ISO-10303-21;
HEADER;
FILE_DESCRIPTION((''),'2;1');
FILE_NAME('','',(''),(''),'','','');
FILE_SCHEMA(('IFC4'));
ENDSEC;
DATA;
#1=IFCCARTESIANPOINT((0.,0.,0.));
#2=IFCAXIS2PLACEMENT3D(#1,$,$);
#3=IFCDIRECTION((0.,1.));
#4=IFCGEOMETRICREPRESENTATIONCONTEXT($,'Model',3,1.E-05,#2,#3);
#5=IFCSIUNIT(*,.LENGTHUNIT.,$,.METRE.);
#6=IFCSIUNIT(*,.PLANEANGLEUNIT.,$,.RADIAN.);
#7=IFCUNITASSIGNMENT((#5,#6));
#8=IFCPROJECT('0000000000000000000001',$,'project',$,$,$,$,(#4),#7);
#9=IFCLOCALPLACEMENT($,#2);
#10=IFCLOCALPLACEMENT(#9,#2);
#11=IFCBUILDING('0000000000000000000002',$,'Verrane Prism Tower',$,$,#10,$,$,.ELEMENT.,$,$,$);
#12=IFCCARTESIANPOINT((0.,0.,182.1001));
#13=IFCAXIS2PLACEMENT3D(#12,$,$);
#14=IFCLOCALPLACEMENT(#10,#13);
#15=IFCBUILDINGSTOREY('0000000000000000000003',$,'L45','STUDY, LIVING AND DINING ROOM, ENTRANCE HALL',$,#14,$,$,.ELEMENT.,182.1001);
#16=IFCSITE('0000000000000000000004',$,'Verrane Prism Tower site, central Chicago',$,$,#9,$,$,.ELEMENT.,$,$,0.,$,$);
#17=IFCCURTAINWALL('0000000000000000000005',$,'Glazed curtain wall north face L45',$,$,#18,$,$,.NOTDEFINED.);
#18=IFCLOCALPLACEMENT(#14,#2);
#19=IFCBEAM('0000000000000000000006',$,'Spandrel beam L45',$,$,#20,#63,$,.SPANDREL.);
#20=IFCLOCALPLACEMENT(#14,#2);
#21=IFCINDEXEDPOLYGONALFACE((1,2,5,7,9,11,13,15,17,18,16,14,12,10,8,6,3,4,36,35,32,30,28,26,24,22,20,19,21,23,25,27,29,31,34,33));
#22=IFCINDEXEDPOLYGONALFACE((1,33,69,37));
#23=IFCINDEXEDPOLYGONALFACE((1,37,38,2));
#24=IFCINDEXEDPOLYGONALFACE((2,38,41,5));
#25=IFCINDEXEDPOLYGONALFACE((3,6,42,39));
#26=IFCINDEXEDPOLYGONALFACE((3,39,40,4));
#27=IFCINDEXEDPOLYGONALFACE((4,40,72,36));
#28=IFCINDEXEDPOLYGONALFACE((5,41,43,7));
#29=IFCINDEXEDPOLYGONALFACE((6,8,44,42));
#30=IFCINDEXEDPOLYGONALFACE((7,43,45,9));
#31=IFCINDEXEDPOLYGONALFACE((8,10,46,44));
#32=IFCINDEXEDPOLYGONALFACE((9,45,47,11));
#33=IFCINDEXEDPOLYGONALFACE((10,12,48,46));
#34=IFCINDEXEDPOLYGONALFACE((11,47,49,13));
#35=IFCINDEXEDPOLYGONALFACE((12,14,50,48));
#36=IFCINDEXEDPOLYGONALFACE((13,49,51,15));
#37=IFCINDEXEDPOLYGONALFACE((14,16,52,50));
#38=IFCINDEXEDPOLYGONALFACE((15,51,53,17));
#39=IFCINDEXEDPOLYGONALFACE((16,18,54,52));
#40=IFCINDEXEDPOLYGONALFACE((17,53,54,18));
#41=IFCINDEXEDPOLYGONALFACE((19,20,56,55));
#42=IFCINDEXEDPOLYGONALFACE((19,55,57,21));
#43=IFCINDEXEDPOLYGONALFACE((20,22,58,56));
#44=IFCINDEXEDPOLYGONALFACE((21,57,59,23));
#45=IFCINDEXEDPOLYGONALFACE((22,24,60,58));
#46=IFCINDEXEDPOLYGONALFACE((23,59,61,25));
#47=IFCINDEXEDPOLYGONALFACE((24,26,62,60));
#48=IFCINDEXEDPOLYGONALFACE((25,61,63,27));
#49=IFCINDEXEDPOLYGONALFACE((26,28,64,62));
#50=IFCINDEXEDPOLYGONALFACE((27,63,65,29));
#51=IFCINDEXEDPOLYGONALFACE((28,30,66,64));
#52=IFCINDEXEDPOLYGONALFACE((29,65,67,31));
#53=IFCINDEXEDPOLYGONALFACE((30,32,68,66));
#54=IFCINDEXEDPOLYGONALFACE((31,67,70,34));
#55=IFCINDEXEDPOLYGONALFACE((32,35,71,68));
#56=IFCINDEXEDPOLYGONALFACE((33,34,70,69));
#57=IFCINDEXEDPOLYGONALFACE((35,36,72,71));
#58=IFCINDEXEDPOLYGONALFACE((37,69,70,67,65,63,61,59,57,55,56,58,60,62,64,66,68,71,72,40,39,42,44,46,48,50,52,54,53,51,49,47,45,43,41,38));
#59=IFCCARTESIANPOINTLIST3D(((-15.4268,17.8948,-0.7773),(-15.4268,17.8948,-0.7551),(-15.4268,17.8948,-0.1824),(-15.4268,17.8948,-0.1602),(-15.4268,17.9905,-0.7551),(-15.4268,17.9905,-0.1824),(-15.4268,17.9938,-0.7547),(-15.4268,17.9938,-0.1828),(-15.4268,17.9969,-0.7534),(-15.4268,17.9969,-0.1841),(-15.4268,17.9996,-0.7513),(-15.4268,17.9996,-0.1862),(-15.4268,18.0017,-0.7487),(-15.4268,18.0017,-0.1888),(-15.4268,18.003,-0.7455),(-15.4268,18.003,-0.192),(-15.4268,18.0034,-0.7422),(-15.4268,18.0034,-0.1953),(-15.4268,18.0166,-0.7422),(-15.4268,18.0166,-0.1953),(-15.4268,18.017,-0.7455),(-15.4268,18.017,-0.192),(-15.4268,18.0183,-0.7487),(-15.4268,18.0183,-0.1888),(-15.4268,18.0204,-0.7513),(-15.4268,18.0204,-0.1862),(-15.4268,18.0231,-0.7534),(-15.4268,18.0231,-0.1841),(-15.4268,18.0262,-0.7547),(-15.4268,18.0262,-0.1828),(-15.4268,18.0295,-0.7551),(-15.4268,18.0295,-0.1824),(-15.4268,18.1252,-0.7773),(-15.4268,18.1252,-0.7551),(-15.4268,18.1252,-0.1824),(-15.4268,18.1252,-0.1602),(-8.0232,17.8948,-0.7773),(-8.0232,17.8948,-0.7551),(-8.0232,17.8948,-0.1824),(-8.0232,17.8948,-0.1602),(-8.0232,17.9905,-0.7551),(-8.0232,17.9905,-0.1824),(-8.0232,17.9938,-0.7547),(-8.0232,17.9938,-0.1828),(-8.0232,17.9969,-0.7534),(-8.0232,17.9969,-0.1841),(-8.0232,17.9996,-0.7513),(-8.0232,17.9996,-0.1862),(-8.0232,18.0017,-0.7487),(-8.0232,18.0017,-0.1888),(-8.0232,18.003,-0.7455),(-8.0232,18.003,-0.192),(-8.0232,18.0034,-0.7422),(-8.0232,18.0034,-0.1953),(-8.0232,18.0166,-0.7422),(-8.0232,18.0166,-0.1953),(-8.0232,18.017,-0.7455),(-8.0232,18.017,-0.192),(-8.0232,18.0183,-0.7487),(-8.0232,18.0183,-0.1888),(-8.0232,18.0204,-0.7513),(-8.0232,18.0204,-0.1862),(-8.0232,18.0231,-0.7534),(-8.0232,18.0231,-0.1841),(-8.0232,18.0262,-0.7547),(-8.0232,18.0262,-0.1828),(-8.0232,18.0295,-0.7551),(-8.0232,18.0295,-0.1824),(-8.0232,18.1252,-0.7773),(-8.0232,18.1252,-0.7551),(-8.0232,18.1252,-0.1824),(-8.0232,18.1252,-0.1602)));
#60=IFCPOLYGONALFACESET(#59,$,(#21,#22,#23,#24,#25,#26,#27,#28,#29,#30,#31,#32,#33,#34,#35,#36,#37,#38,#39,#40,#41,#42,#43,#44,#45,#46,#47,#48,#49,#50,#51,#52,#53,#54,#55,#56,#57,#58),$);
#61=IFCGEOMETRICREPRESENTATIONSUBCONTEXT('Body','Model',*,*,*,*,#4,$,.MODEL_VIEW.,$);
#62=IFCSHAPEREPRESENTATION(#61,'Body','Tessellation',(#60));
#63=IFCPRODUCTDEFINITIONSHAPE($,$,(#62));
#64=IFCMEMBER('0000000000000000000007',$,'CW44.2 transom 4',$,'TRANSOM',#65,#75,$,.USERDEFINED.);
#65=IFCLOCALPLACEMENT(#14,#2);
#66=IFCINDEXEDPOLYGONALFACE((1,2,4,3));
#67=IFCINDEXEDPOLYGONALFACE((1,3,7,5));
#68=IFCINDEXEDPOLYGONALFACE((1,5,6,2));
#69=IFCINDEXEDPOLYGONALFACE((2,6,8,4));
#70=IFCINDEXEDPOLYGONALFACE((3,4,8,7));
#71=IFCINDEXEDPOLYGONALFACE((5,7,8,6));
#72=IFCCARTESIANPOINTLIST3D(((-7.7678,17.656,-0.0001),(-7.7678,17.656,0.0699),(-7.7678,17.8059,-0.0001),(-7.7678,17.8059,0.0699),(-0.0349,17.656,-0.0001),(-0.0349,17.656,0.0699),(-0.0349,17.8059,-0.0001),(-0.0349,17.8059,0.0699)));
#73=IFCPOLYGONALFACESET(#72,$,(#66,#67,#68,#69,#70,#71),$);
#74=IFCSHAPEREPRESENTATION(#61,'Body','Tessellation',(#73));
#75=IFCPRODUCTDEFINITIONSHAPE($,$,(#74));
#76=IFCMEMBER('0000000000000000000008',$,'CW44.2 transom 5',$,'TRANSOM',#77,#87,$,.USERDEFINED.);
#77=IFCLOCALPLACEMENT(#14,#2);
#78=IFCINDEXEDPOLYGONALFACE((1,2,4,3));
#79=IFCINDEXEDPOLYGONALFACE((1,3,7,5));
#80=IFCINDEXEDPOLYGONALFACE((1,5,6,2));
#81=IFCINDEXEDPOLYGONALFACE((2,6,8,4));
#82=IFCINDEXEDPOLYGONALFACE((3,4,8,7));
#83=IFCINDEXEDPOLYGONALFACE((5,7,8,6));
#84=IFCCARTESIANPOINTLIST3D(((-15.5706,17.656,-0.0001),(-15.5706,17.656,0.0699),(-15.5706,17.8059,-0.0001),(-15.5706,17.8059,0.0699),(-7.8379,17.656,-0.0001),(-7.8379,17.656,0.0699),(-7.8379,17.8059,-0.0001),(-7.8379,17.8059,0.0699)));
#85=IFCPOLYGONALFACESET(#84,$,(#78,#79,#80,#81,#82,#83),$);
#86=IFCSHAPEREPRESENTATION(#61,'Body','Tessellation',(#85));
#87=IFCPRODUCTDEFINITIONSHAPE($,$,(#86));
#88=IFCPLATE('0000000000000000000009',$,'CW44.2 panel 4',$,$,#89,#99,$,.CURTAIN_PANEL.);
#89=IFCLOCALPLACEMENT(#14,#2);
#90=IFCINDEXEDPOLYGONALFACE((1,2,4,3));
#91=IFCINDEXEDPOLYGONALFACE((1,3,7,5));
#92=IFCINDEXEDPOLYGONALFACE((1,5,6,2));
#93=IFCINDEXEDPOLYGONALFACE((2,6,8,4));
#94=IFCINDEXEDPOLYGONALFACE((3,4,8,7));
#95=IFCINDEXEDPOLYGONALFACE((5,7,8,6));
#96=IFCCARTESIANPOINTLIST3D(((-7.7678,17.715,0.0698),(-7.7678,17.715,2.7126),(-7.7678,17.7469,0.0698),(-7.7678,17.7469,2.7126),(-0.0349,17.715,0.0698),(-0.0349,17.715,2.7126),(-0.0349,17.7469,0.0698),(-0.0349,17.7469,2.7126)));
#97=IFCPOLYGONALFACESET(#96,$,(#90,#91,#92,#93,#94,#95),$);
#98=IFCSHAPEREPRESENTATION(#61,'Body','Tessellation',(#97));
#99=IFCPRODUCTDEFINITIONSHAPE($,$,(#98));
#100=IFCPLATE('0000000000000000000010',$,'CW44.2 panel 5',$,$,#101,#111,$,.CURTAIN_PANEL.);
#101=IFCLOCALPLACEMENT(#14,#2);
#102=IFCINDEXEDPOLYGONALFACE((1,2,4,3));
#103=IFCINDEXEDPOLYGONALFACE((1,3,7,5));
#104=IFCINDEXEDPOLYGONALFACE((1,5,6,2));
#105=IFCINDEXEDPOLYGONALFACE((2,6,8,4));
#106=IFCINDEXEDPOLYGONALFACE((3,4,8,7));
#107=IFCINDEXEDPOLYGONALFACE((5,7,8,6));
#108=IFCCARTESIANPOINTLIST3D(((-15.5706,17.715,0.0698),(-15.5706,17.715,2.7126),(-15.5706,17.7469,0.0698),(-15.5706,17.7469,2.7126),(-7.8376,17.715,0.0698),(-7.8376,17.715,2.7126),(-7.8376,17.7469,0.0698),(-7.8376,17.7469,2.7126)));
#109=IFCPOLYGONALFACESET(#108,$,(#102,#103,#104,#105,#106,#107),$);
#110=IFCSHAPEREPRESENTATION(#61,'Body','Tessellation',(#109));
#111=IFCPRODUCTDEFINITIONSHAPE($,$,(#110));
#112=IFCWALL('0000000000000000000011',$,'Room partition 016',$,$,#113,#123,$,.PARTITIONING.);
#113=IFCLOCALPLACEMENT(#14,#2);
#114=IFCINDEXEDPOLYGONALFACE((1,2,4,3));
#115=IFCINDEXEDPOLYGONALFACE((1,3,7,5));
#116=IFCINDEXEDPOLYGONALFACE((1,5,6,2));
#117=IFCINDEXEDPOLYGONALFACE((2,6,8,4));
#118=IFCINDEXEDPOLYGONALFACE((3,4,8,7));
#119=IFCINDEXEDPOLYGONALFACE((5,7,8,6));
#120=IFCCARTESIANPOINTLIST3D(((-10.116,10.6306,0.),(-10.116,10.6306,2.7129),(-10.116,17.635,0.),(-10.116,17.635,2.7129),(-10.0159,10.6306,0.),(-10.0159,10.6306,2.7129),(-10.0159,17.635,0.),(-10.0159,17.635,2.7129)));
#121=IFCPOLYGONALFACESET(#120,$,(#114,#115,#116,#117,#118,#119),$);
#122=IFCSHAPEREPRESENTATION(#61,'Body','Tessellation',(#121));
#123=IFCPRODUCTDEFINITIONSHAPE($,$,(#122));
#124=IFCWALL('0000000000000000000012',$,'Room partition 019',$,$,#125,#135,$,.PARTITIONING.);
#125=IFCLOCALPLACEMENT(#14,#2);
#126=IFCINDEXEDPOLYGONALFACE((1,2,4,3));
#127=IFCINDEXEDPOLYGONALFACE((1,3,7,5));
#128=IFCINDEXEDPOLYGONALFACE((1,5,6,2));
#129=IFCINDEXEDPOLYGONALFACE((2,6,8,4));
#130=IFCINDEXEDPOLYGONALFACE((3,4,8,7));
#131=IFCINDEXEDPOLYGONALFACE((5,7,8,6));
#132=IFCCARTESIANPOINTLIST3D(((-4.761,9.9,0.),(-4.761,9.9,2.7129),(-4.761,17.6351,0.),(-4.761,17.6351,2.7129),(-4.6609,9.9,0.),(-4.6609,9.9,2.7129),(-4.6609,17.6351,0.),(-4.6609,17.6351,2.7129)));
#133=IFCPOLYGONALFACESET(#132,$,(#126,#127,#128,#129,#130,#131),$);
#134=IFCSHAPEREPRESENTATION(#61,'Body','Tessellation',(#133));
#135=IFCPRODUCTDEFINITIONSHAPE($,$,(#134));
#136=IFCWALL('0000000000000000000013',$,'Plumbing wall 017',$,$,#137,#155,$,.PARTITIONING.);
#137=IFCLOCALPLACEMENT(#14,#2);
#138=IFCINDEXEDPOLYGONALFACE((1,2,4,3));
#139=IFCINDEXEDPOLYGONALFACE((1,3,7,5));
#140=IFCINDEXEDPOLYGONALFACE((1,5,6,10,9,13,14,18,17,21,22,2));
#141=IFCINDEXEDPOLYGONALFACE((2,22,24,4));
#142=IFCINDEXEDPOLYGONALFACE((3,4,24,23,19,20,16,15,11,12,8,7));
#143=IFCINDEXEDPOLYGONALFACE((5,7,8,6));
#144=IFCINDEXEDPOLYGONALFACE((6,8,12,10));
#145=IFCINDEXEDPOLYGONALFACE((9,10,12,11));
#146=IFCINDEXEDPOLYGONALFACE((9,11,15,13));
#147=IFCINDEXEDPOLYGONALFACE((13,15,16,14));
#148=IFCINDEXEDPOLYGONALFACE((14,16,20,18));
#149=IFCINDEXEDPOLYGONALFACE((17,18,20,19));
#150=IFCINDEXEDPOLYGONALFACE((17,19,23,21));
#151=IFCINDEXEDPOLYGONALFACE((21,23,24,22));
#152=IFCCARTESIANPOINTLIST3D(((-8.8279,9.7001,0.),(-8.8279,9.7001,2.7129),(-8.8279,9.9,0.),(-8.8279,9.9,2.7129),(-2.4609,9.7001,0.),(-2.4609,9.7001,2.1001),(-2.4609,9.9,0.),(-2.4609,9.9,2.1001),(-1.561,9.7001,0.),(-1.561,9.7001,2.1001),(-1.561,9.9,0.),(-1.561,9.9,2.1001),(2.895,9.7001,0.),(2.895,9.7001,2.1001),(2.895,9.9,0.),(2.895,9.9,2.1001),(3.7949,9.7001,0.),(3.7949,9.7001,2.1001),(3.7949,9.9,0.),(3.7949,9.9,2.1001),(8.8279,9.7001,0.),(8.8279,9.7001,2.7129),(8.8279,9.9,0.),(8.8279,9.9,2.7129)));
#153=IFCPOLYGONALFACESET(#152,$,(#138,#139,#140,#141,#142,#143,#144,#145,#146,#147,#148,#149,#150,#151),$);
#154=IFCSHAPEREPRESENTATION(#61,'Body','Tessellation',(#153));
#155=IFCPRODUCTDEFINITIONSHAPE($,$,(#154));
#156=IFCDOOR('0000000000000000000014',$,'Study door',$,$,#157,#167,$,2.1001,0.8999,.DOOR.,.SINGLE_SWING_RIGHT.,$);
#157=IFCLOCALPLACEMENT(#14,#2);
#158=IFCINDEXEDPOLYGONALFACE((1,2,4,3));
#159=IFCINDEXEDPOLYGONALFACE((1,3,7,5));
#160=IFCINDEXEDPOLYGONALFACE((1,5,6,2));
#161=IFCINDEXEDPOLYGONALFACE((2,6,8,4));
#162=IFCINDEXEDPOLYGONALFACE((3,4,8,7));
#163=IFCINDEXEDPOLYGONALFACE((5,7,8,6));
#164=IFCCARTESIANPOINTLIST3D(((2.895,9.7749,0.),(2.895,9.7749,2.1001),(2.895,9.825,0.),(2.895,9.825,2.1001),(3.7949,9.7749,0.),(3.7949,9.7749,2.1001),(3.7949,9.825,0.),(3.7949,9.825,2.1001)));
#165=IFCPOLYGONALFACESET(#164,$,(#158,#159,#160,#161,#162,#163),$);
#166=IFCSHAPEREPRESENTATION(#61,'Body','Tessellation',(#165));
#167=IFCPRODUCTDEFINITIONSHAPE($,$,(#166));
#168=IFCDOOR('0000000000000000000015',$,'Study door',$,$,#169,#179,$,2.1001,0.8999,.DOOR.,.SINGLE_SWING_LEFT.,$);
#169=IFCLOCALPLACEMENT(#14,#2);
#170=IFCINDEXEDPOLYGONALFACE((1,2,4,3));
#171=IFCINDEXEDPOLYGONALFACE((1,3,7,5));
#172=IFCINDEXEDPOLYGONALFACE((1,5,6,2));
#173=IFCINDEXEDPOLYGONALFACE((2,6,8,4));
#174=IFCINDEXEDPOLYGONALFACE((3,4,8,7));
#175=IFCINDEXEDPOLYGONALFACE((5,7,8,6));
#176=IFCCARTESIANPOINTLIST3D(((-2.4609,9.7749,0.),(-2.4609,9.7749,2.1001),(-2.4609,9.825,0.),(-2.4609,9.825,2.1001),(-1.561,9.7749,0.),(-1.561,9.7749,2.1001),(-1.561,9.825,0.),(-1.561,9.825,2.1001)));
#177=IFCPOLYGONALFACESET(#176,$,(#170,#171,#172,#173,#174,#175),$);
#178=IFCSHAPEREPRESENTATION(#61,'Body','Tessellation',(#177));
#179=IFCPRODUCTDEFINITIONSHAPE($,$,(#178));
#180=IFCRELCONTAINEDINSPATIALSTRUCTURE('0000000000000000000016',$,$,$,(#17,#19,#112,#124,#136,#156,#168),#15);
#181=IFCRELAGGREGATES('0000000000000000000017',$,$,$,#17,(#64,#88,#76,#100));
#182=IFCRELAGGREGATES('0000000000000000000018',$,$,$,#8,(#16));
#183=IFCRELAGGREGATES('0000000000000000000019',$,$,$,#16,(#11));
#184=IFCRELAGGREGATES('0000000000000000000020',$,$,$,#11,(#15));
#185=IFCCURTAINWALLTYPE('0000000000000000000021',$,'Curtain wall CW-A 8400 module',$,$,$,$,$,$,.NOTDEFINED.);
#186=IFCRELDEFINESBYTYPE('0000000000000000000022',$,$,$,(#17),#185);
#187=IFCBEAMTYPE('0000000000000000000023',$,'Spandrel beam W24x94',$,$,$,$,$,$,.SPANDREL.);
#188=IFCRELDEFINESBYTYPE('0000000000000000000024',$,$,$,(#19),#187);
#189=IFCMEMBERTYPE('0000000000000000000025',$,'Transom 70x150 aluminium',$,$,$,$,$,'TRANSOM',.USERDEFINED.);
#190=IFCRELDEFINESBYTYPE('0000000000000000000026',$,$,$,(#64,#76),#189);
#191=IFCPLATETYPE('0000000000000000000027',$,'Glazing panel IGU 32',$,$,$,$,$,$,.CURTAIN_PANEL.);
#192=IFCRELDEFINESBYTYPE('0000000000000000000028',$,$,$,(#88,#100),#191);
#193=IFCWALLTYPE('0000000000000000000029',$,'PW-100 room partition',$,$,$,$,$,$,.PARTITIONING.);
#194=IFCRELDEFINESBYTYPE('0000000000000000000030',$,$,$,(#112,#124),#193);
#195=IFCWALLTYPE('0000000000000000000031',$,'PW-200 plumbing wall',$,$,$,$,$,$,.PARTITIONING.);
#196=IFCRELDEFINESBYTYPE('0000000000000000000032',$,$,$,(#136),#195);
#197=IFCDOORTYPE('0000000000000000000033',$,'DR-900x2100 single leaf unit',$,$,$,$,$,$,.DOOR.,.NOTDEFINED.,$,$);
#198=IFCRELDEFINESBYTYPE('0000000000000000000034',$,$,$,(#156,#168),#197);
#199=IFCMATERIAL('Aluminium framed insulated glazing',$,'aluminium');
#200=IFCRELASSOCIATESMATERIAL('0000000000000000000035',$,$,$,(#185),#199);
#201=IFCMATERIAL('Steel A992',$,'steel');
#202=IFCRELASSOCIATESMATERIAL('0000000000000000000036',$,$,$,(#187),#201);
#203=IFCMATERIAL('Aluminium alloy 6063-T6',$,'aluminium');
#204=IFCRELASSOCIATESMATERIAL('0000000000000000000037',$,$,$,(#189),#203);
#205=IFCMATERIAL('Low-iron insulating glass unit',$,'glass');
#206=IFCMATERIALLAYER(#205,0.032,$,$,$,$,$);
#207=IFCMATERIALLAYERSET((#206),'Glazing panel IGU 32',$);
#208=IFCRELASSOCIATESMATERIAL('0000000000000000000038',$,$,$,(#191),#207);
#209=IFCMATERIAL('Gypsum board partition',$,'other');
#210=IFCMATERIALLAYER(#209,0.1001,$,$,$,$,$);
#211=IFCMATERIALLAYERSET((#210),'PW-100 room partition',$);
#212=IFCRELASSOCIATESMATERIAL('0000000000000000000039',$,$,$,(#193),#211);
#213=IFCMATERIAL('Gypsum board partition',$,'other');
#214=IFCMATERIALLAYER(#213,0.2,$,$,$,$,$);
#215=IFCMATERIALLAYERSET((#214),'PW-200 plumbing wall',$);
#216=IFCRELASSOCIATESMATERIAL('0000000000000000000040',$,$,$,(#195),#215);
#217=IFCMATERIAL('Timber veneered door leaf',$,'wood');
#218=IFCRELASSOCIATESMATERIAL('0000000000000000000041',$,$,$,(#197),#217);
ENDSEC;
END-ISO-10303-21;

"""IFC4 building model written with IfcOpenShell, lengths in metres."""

from ifc_helpers import new_model, si_unit, direction, frame, frame_2d, origin, origin_2d, place, context, subcontext, project, spatial, rectangle, i_section, extrude, material, layer, layer_set, material_profile, profile_set, type_object, element, fill, aggregate, save


model = new_model("IFC4")

# Units and contexts
model_context = context("Model", 3, precision=1e-05, world=origin(), true_north=direction((0.0, 1.0)))
body_context = subcontext(model_context, "Body", "Model", "MODEL_VIEW")
ifc_project = project(units=[si_unit("LENGTHUNIT", "METRE"), si_unit("PLANEANGLEUNIT", "RADIAN")], contexts=[model_context])

# Site, building, storey
site_placement = place(None, origin())
site = spatial("IfcSite", under=ifc_project, at=site_placement, Name="Verrane Prism Tower site, central Chicago", CompositionType="ELEMENT", RefElevation=0.0)
building_placement = place(site_placement, origin())
building = spatial("IfcBuilding", under=site, at=building_placement, Name="Verrane Prism Tower", CompositionType="ELEMENT")
storey_placement = place(building_placement, frame((0.0, 0.0, 182.1001)))
storey = spatial("IfcBuildingStorey", under=building, at=storey_placement, Name="L45", Description="STUDY, LIVING AND DINING ROOM, ENTRANCE HALL", CompositionType="ELEMENT", Elevation=182.1001)

# Curtain wall
ifc_material_1 = material(Name="Aluminium framed insulated glazing", Category="aluminium")
curtain_wall_type = type_object("IfcCurtainWallType", Name="Curtain wall CW-A 8400 module", PredefinedType="NOTDEFINED", material=ifc_material_1)
curtain_wall_placement = place(storey_placement, origin())
curtain_wall = element("IfcCurtainWall", 1, at=curtain_wall_placement, inside=storey, type_object=curtain_wall_type, Name="Glazed curtain wall north face L45", PredefinedType="NOTDEFINED")

# Beam
ifc_material_2 = material(Name="Steel A992", Category="steel")
ifc_material_profile_1 = material_profile(ifc_material_2, i_section(OverallWidth=0.2305, OverallDepth=0.6172, WebThickness=0.0132, FlangeThickness=0.0222, FilletRadius=0.0129, at=origin_2d()), Name="W24x94")
ifc_profile_set_1 = profile_set([ifc_material_profile_1], Name="Steel A992")
beam_type_1 = type_object("IfcBeamType", Name="Spandrel beam W24x94", PredefinedType="SPANDREL", material=ifc_profile_set_1)
beam_1_placement = place(storey_placement, frame((-8.0232, 18.01, -0.4688), z_axis=(-1.0, 0.0, 0.0), x_axis=(0.0, -1.0, 0.0)))
element("IfcBeam", 2, at=beam_1_placement, inside=storey, type_object=beam_type_1, Name="Spandrel beam L45", PredefinedType="SPANDREL", context=body_context, shape_type="SweptSolid", body=[
    extrude(i_section(OverallWidth=0.2305, OverallDepth=0.6172, WebThickness=0.0132, FlangeThickness=0.0222, FilletRadius=0.0129, at=origin_2d()), origin(), (0.0, 0.0, 1.0), 7.4036),
])

# Members
ifc_material_3 = material(Name="Aluminium alloy 6063-T6", Category="aluminium")
ifc_material_profile_2 = material_profile(ifc_material_3, rectangle(XDim=0.1499, YDim=0.0701, at=origin_2d()), Name="Transom 70x150 aluminium")
ifc_profile_set_2 = profile_set([ifc_material_profile_2], Name="Aluminium alloy 6063-T6")
member_type_1 = type_object("IfcMemberType", Name="Transom 70x150 aluminium", ElementType="TRANSOM", PredefinedType="USERDEFINED", material=ifc_profile_set_2)
member_1_placement = place(storey_placement, frame((-0.0349, 17.731, 0.0349), z_axis=(-1.0, 0.0, 0.0), x_axis=(0.0, -1.0, 0.0)))
member_1 = element("IfcMember", 3, at=member_1_placement, type_object=member_type_1, Name="CW44.2 transom 4", ObjectType="TRANSOM", PredefinedType="USERDEFINED", context=body_context, shape_type="SweptSolid", body=[
    extrude(rectangle(XDim=0.1499, YDim=0.0701, at=origin_2d()), origin(), (0.0, 0.0, 1.0), 7.7329),
])
member_2_placement = place(storey_placement, frame((-7.8379, 17.731, 0.0349), z_axis=(-1.0, 0.0, 0.0), x_axis=(0.0, -1.0, 0.0)))
member_2 = element("IfcMember", 4, at=member_2_placement, type_object=member_type_1, Name="CW44.2 transom 5", ObjectType="TRANSOM", PredefinedType="USERDEFINED", context=body_context, shape_type="SweptSolid", body=[
    extrude(rectangle(XDim=0.1499, YDim=0.0701, at=origin_2d()), origin(), (0.0, 0.0, 1.0), 7.7327),
])

# Plates
ifc_material_4 = material(Name="Low-iron insulating glass unit", Category="glass")
ifc_layer_1 = layer(ifc_material_4, 0.032)
ifc_layer_set_1 = layer_set([ifc_layer_1], Name="Glazing panel IGU 32")
plate_type = type_object("IfcPlateType", Name="Glazing panel IGU 32", PredefinedType="CURTAIN_PANEL", material=ifc_layer_set_1)
plate_1_placement = place(storey_placement, frame((-3.9014, 17.731, 0.0698), z_axis=(0.0, 0.0, 1.0), x_axis=(-1.0, 0.0, 0.0)))
plate_1 = element("IfcPlate", 5, at=plate_1_placement, type_object=plate_type, Name="CW44.2 panel 4", PredefinedType="CURTAIN_PANEL", context=body_context, shape_type="SweptSolid", body=[
    extrude(rectangle(XDim=7.7329, YDim=0.032, at=origin_2d()), origin(), (0.0, 0.0, 1.0), 2.6428),
])
plate_2_placement = place(storey_placement, frame((-11.7041, 17.731, 0.0698), z_axis=(0.0, 0.0, 1.0), x_axis=(-1.0, 0.0, 0.0)))
plate_2 = element("IfcPlate", 6, at=plate_2_placement, type_object=plate_type, Name="CW44.2 panel 5", PredefinedType="CURTAIN_PANEL", context=body_context, shape_type="SweptSolid", body=[
    extrude(rectangle(XDim=7.7329, YDim=0.032, at=origin_2d()), origin(), (0.0, 0.0, 1.0), 2.6428),
])
aggregate(curtain_wall, [member_1, plate_1, member_2, plate_2])

# Walls
ifc_material_5 = material(Name="Gypsum board partition", Category="other")
ifc_layer_2 = layer(ifc_material_5, 0.1001)
ifc_layer_set_2 = layer_set([ifc_layer_2], Name="PW-100 room partition")
wall_type_1 = type_object("IfcWallType", Name="PW-100 room partition", PredefinedType="PARTITIONING", material=ifc_layer_set_2)
wall_1_placement = place(storey_placement, frame((-10.0659, 10.6306, 0.0), z_axis=(0.0, 0.0, 1.0), x_axis=(0.0, 1.0, 0.0)))
element("IfcWall", 7, at=wall_1_placement, inside=storey, type_object=wall_type_1, Name="Room partition 016", PredefinedType="PARTITIONING", context=body_context, shape_type="SweptSolid", body=[
    extrude(rectangle(XDim=7.0044, YDim=0.1001, at=frame_2d((3.5022, 0.0))), origin(), (0.0, 0.0, 1.0), 2.7129),
])
wall_2_placement = place(storey_placement, frame((-4.7109, 9.8999, 0.0), z_axis=(0.0, 0.0, 1.0), x_axis=(0.0, 1.0, 0.0)))
element("IfcWall", 8, at=wall_2_placement, inside=storey, type_object=wall_type_1, Name="Room partition 019", PredefinedType="PARTITIONING", context=body_context, shape_type="SweptSolid", body=[
    extrude(rectangle(XDim=7.7351, YDim=0.1001, at=frame_2d((3.8677, 0.0))), origin(), (0.0, 0.0, 1.0), 2.7129),
])

# Wall, openings, doors
ifc_material_6 = material(Name="Gypsum board partition", Category="other")
ifc_layer_3 = layer(ifc_material_6, 0.2)
ifc_layer_set_3 = layer_set([ifc_layer_3], Name="PW-200 plumbing wall")
wall_type_2 = type_object("IfcWallType", Name="PW-200 plumbing wall", PredefinedType="PARTITIONING", material=ifc_layer_set_3)
wall_3_placement = place(storey_placement, frame((-8.8279, 9.8, 0.0), z_axis=(0.0, 0.0, 1.0), x_axis=(1.0, 0.0, 0.0)))
wall_3 = element("IfcWall", 9, at=wall_3_placement, inside=storey, type_object=wall_type_2, Name="Plumbing wall 017", PredefinedType="PARTITIONING", context=body_context, shape_type="SweptSolid", body=[
    extrude(rectangle(XDim=17.6558, YDim=0.2, at=frame_2d((8.8279, 0.0))), origin(), (0.0, 0.0, 1.0), 2.7129),
])
opening_1_placement = place(wall_3_placement, frame((11.7229, 0.0, 0.0)))
opening_1 = element("IfcOpeningElement", 10, at=opening_1_placement, cuts=wall_3, PredefinedType="OPENING", context=body_context, shape_type="SweptSolid", body=[
    extrude(rectangle(XDim=0.8999, YDim=2.1001, at=frame_2d((0.45, 1.05))), frame((0.0, 0.1099, 0.0), z_axis=(0.0, -1.0, 0.0), x_axis=(1.0, 0.0, 0.0)), (0.0, 0.0, 1.0), 0.22),
])
opening_2_placement = place(wall_3_placement, frame((6.3669, 0.0, 0.0)))
opening_2 = element("IfcOpeningElement", 11, at=opening_2_placement, cuts=wall_3, PredefinedType="OPENING", context=body_context, shape_type="SweptSolid", body=[
    extrude(rectangle(XDim=0.8999, YDim=2.1001, at=frame_2d((0.45, 1.05))), frame((0.0, 0.1099, 0.0), z_axis=(0.0, -1.0, 0.0), x_axis=(1.0, 0.0, 0.0)), (0.0, 0.0, 1.0), 0.22),
])
ifc_material_7 = material(Name="Timber veneered door leaf", Category="wood")
door_type = type_object("IfcDoorType", Name="DR-900x2100 single leaf unit", OperationType="NOTDEFINED", PredefinedType="DOOR", material=ifc_material_7)
door_1_placement = place(opening_1_placement, origin())
door_1 = element("IfcDoor", 12, at=door_1_placement, inside=storey, type_object=door_type, Name="Study door", OperationType="SINGLE_SWING_RIGHT", OverallHeight=2.1001, OverallWidth=0.8999, PredefinedType="DOOR", context=body_context, shape_type="SweptSolid", body=[
    extrude(rectangle(XDim=0.8999, YDim=2.1001, at=frame_2d((0.45, 1.05))), frame((0.0, 0.0249, 0.0), z_axis=(0.0, -1.0, 0.0), x_axis=(1.0, 0.0, 0.0)), (0.0, 0.0, 1.0), 0.05),
])
fill(opening_1, door_1)
door_2_placement = place(opening_2_placement, origin())
door_2 = element("IfcDoor", 13, at=door_2_placement, inside=storey, type_object=door_type, Name="Study door", OperationType="SINGLE_SWING_LEFT", OverallHeight=2.1001, OverallWidth=0.8999, PredefinedType="DOOR", context=body_context, shape_type="SweptSolid", body=[
    extrude(rectangle(XDim=0.8999, YDim=2.1001, at=frame_2d((0.45, 1.05))), frame((0.0, 0.0249, 0.0), z_axis=(0.0, -1.0, 0.0), x_axis=(1.0, 0.0, 0.0)), (0.0, 0.0, 1.0), 0.05),
])
fill(opening_2, door_2)

save(model, "model.ifc")
